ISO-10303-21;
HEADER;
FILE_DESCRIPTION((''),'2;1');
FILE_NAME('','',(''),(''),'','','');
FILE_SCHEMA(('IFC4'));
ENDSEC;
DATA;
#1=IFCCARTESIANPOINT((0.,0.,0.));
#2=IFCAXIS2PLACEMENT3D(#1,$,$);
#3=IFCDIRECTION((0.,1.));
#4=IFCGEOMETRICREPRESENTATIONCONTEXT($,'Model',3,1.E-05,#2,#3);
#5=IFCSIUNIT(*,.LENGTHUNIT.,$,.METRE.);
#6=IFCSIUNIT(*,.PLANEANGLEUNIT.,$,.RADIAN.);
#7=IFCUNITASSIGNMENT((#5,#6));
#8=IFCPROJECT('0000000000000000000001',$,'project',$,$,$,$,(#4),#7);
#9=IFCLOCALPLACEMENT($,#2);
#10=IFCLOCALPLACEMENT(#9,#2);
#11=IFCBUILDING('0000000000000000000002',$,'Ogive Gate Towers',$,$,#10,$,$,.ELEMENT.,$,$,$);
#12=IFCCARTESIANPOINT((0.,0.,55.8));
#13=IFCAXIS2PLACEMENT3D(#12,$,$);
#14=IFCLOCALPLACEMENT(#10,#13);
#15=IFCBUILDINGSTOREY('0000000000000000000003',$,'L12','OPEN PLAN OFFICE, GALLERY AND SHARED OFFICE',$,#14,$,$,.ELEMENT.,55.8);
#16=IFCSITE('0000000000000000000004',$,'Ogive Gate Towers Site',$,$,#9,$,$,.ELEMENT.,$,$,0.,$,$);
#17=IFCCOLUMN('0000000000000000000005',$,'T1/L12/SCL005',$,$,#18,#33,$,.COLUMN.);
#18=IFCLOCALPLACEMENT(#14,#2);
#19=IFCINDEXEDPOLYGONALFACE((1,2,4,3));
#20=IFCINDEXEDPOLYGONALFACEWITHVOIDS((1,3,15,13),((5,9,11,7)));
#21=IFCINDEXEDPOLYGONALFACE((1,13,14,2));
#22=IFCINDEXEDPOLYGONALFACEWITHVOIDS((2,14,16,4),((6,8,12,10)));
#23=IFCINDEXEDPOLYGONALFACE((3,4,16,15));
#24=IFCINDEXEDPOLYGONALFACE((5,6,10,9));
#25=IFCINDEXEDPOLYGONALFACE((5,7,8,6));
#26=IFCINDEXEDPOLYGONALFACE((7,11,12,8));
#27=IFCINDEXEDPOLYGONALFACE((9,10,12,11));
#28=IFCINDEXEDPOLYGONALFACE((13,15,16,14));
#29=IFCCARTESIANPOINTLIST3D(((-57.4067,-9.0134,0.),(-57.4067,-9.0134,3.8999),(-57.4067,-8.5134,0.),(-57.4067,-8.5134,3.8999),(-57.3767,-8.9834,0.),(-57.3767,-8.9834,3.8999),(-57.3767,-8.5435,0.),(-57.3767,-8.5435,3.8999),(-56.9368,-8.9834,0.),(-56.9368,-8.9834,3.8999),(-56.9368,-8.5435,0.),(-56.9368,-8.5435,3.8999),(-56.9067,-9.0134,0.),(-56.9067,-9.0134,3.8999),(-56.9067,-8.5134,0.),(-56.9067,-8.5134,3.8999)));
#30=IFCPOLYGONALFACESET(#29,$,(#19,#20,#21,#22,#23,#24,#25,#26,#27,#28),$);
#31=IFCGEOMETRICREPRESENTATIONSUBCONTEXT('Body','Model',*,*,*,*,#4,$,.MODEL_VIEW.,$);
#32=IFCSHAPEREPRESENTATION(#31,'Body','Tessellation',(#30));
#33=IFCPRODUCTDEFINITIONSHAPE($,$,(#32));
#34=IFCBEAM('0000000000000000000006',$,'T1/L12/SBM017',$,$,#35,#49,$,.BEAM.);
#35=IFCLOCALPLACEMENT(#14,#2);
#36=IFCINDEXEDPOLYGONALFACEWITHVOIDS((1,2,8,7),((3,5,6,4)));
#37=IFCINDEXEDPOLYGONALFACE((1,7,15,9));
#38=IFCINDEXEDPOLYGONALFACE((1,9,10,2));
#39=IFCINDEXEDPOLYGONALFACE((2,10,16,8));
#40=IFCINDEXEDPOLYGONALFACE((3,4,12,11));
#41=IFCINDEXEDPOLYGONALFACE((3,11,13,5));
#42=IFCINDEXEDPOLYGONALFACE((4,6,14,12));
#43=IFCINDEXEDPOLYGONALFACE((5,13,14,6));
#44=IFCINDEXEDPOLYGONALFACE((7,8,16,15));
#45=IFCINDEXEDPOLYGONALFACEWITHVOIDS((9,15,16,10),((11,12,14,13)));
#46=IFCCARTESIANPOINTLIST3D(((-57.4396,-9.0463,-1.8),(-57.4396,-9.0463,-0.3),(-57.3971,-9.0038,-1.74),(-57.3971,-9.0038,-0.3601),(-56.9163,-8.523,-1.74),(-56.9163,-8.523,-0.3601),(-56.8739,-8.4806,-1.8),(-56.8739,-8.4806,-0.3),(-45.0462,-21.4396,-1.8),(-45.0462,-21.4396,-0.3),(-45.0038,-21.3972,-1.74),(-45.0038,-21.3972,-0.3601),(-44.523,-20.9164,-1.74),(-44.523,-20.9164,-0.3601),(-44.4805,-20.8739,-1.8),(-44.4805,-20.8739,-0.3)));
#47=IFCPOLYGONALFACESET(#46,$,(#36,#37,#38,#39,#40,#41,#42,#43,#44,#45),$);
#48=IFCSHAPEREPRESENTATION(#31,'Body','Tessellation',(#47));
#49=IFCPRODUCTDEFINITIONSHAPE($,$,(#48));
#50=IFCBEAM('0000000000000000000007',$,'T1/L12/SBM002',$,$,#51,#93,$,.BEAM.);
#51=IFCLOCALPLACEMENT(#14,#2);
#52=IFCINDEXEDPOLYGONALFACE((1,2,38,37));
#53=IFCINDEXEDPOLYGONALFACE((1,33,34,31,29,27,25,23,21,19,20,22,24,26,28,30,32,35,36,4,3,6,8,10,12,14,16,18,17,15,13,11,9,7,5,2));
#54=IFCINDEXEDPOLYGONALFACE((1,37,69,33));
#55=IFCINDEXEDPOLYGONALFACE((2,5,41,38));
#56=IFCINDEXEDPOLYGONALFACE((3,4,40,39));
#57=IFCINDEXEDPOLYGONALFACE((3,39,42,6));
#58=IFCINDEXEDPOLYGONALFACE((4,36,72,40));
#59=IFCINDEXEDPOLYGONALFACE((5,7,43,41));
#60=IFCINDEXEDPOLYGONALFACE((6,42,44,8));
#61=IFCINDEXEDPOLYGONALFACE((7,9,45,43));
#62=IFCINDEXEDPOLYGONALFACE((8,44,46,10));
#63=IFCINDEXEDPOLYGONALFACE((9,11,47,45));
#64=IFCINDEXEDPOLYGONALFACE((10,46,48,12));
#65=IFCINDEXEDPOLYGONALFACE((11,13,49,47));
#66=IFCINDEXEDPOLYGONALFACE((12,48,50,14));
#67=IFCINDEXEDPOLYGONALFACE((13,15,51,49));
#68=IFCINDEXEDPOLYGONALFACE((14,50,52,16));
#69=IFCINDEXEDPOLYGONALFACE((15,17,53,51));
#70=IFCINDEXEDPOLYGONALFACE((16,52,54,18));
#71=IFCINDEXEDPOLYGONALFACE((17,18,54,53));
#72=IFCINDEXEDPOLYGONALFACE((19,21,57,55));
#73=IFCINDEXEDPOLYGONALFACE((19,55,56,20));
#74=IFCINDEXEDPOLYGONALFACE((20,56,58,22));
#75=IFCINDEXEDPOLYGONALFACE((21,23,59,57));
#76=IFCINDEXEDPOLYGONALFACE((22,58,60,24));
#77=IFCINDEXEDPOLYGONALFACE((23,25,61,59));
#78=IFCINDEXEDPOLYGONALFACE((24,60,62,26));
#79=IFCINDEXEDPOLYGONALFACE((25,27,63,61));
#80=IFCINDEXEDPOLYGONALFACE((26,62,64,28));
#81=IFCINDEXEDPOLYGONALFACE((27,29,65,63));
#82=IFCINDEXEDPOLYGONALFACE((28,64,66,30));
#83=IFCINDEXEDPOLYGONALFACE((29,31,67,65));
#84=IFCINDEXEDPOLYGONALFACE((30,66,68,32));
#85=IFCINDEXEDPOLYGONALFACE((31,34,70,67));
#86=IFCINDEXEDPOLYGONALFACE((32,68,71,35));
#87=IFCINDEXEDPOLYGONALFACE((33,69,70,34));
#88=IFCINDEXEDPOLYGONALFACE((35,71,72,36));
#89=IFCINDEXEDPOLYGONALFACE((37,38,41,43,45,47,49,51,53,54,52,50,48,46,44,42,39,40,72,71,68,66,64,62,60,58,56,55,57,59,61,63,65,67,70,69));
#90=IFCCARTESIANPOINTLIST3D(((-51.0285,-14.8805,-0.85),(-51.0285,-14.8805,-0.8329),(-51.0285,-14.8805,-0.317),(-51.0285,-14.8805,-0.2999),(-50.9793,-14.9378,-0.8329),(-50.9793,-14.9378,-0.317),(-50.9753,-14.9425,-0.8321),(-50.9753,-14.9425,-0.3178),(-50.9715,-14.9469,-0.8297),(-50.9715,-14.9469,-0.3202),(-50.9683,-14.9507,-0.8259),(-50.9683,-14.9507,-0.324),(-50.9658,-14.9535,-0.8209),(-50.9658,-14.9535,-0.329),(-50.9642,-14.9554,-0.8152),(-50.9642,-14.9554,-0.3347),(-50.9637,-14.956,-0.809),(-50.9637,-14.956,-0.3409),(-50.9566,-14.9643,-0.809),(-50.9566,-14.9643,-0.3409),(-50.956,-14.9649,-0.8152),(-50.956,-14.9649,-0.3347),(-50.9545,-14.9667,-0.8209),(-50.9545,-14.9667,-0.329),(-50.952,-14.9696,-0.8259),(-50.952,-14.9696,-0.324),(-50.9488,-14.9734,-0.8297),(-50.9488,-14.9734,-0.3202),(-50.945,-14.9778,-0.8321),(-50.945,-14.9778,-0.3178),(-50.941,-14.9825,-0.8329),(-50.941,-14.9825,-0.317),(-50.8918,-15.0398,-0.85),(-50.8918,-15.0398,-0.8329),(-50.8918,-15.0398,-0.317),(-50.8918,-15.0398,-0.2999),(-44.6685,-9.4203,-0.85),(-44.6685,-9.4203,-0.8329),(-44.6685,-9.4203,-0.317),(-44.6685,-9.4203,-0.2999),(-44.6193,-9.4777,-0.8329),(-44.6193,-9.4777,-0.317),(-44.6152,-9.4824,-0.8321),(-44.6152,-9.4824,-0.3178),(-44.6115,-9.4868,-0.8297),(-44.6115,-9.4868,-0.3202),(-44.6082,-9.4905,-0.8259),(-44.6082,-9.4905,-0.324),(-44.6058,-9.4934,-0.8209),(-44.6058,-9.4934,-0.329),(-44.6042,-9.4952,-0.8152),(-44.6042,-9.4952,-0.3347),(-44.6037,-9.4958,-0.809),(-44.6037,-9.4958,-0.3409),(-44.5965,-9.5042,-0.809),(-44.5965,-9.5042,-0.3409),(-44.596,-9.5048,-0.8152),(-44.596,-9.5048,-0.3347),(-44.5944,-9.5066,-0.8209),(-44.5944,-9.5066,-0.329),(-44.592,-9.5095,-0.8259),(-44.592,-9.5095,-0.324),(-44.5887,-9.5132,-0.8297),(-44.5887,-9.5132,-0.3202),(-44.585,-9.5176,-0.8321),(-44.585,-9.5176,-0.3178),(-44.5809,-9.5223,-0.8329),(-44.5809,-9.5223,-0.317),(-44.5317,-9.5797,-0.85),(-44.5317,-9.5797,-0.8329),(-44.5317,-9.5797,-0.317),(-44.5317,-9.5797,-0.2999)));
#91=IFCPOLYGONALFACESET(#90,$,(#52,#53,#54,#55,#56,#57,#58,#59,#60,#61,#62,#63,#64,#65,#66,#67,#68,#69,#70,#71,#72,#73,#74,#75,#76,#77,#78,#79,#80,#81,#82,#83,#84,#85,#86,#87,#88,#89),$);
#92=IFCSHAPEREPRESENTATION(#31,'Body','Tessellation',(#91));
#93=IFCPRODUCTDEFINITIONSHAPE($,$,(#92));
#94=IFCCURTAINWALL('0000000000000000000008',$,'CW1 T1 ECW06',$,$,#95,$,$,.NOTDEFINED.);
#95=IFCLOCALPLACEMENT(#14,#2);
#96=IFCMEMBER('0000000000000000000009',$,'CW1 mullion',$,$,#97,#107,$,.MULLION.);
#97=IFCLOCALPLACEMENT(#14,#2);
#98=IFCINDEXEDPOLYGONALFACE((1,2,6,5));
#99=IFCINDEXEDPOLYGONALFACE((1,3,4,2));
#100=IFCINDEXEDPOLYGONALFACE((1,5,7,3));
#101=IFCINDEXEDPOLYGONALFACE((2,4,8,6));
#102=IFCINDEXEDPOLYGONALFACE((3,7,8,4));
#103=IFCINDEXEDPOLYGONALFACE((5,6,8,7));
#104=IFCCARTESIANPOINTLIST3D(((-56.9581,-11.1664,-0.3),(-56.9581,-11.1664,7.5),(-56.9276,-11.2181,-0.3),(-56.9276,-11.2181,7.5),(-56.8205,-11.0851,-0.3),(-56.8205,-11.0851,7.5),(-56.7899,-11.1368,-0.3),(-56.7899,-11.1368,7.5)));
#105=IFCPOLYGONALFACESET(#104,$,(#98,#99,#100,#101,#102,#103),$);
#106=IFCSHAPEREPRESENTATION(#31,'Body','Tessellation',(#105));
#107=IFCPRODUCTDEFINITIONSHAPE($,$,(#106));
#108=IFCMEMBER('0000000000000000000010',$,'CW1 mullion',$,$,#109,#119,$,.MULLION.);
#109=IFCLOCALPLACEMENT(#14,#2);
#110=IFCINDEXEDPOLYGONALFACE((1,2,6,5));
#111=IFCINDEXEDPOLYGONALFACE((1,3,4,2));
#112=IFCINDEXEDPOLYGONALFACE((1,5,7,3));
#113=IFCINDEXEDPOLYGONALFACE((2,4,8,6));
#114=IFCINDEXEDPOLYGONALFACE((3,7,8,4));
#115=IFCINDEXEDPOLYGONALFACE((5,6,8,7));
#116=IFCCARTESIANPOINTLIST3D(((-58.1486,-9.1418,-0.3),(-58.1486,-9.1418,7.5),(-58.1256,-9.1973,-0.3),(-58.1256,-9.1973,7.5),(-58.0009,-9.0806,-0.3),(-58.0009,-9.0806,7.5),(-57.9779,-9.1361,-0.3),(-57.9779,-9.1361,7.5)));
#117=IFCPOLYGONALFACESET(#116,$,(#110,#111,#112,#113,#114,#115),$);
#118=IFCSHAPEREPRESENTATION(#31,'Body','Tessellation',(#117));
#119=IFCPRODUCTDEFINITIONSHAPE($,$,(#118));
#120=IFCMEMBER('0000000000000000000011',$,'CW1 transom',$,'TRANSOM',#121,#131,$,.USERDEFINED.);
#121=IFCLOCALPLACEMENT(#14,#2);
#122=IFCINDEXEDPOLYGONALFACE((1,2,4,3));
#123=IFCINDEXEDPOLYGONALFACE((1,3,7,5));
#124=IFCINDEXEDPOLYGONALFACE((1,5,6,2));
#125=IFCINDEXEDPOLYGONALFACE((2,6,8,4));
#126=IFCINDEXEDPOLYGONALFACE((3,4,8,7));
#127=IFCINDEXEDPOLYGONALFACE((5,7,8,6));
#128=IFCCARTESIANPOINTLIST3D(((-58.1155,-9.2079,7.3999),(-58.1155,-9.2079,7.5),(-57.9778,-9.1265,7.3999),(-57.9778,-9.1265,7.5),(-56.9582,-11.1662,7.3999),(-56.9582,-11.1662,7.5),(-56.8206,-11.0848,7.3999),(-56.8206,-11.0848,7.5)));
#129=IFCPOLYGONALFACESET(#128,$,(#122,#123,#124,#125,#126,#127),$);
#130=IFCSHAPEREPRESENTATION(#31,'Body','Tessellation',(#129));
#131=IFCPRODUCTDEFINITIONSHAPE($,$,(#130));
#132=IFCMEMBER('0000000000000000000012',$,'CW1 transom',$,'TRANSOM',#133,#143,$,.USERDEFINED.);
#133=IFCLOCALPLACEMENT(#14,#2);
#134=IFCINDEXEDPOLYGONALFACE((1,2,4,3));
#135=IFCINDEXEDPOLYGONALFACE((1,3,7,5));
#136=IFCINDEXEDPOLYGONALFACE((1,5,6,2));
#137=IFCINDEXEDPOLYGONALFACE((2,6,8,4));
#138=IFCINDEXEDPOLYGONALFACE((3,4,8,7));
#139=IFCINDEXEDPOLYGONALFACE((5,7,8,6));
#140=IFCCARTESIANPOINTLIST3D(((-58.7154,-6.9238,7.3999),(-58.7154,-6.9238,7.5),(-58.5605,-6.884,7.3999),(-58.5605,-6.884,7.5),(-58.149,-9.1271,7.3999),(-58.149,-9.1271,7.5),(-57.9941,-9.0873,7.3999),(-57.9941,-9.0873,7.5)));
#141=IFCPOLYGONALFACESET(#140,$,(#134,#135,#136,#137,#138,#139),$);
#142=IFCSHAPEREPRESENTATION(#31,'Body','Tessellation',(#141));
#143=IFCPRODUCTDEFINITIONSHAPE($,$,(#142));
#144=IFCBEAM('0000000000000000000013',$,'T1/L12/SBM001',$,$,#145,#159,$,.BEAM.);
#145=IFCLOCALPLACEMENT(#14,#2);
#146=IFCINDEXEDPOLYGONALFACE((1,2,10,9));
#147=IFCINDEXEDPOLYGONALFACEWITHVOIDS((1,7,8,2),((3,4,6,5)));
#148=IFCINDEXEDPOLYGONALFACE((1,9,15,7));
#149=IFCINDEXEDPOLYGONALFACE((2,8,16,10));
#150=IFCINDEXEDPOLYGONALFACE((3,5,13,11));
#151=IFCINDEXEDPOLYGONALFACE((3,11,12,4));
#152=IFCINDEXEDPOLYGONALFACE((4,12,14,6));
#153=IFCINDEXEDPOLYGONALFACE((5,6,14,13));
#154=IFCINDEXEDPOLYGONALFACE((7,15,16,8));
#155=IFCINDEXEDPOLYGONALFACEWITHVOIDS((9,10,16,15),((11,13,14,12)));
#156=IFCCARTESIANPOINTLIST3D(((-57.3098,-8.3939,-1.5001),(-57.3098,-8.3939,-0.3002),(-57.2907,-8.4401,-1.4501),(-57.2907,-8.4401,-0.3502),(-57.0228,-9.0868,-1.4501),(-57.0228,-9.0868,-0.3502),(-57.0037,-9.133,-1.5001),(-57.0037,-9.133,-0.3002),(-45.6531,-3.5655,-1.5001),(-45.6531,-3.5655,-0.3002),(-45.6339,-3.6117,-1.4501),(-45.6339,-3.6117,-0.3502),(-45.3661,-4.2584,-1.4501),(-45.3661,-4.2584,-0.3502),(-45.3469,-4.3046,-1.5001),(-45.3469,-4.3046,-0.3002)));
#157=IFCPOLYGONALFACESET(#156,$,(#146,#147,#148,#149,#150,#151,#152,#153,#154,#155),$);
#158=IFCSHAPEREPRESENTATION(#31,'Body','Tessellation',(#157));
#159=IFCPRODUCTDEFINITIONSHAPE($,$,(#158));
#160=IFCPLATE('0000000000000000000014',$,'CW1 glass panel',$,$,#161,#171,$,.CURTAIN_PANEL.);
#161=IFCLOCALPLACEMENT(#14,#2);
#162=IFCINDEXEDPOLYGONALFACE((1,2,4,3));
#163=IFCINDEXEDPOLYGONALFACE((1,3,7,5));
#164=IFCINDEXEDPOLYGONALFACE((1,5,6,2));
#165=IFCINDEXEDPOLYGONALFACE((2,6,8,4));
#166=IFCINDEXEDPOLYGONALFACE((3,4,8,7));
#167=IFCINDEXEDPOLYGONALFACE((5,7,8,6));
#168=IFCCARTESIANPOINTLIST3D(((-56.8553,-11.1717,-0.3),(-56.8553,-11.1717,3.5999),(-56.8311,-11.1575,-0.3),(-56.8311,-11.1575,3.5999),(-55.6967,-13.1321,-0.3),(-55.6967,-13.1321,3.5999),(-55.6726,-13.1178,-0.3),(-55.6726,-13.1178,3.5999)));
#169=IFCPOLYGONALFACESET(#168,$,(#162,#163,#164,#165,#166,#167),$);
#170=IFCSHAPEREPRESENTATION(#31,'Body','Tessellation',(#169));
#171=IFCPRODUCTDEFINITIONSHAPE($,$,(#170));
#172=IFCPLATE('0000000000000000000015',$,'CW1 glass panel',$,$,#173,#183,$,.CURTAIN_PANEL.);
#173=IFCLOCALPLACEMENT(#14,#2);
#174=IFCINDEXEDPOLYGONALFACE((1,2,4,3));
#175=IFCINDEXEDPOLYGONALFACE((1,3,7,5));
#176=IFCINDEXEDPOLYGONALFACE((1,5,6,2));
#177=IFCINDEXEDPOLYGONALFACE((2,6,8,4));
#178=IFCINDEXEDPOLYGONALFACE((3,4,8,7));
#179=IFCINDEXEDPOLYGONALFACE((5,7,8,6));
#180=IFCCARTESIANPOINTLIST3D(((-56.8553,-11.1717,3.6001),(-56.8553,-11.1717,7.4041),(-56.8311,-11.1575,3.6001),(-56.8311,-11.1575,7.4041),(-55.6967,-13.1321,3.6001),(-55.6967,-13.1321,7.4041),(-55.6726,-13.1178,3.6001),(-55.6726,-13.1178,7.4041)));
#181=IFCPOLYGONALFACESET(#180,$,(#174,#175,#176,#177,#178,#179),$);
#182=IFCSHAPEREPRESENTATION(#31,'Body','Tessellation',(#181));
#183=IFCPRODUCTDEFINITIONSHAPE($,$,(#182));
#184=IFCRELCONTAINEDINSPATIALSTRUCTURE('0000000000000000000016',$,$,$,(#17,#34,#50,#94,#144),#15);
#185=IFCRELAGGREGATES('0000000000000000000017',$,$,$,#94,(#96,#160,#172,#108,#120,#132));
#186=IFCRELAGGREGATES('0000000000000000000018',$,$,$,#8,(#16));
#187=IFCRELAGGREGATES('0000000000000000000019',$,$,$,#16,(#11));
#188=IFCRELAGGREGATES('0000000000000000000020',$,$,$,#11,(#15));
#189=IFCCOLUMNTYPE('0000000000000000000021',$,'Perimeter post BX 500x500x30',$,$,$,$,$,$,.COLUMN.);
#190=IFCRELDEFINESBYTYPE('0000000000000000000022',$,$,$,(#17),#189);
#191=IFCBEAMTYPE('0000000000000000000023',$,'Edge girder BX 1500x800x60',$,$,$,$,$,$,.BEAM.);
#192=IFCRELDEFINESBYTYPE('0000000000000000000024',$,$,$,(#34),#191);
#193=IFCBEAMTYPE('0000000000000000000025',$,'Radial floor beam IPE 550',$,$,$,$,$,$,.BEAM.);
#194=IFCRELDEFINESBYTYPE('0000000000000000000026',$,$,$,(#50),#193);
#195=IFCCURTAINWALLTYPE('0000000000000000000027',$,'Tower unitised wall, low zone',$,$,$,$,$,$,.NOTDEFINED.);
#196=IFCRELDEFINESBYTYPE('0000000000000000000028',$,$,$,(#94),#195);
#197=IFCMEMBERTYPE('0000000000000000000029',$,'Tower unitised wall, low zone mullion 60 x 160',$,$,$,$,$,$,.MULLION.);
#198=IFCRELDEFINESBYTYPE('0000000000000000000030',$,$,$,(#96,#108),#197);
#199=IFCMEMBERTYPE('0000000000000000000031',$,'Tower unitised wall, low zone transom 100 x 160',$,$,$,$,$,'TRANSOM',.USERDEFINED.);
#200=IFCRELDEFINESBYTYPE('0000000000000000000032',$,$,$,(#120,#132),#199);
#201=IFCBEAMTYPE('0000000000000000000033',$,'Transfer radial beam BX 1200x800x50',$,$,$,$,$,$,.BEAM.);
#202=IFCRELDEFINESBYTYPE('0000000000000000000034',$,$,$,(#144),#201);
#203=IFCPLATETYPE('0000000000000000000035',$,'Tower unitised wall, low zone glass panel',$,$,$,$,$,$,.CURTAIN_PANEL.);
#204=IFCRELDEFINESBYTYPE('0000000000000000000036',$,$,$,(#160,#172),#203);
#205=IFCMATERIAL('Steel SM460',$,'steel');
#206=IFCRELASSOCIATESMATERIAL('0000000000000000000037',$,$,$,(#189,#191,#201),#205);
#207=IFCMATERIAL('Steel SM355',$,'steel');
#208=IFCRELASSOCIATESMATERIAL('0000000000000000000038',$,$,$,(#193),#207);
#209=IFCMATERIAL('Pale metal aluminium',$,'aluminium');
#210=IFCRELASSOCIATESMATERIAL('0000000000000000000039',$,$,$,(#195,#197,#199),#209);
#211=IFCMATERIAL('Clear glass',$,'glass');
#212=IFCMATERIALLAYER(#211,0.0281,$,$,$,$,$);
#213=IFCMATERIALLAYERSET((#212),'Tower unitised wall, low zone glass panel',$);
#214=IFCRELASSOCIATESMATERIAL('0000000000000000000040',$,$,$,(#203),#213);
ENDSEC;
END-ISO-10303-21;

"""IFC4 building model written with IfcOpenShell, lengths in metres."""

from ifc_helpers import new_model, si_unit, direction, frame, origin, origin_2d, place, context, subcontext, project, spatial, rectangle, hollow_rectangle, i_section, extrude, material, layer, layer_set, material_profile, profile_set, type_object, element, aggregate, save


model = new_model("IFC4")

# Units and contexts
model_context = context("Model", 3, precision=1e-05, world=origin(), true_north=direction((0.0, 1.0)))
body_context = subcontext(model_context, "Body", "Model", "MODEL_VIEW")
ifc_project = project(units=[si_unit("LENGTHUNIT", "METRE"), si_unit("PLANEANGLEUNIT", "RADIAN")], contexts=[model_context])

# Site, building, storey
site_placement = place(None, origin())
site = spatial("IfcSite", under=ifc_project, at=site_placement, Name="Ogive Gate Towers Site", CompositionType="ELEMENT", RefElevation=0.0)
building_placement = place(site_placement, origin())
building = spatial("IfcBuilding", under=site, at=building_placement, Name="Ogive Gate Towers", CompositionType="ELEMENT")
storey_placement = place(building_placement, frame((0.0, 0.0, 55.8)))
storey = spatial("IfcBuildingStorey", under=building, at=storey_placement, Name="L12", Description="OPEN PLAN OFFICE, GALLERY AND SHARED OFFICE", CompositionType="ELEMENT", Elevation=55.8)

# Column
ifc_material_1 = material(Name="Steel SM460", Category="steel")
ifc_material_profile_1 = material_profile(ifc_material_1, hollow_rectangle(XDim=0.5, YDim=0.5, WallThickness=0.03, at=origin_2d()), Name="BX 500x500x30")
ifc_profile_set_1 = profile_set([ifc_material_profile_1], Name="Steel SM460")
column_type = type_object("IfcColumnType", Name="Perimeter post BX 500x500x30", PredefinedType="COLUMN", material=ifc_profile_set_1)
column_placement = place(storey_placement, frame((-57.1567, -8.7634, 0.0), z_axis=(0.0, 0.0, 1.0), x_axis=(1.0, 0.0, 0.0)))
element("IfcColumn", 1, at=column_placement, inside=storey, type_object=column_type, Name="T1/L12/SCL005", PredefinedType="COLUMN", context=body_context, shape_type="SweptSolid", body=[
    extrude(hollow_rectangle(XDim=0.5, YDim=0.5, WallThickness=0.03, at=origin_2d()), origin(), (0.0, 0.0, 1.0), 3.8999),
])

# Beams
ifc_material_profile_2 = material_profile(ifc_material_1, hollow_rectangle(XDim=0.8, YDim=1.5, WallThickness=0.0601, at=origin_2d()), Name="BX 1500x800x60")
ifc_profile_set_2 = profile_set([ifc_material_profile_2], Name="Steel SM460")
beam_type_1 = type_object("IfcBeamType", Name="Edge girder BX 1500x800x60", PredefinedType="BEAM", material=ifc_profile_set_2)
beam_1_placement = place(storey_placement, frame((-57.1567, -8.7634, -1.05), z_axis=(0.707107, -0.707107, 0.0), x_axis=(0.707107, 0.707107, 0.0)))
element("IfcBeam", 2, at=beam_1_placement, inside=storey, type_object=beam_type_1, Name="T1/L12/SBM017", PredefinedType="BEAM", context=body_context, shape_type="SweptSolid", body=[
    extrude(hollow_rectangle(XDim=0.8, YDim=1.5, WallThickness=0.0601, at=origin_2d()), origin(), (0.0, 0.0, 1.0), 17.5269),
])
ifc_material_2 = material(Name="Steel SM355", Category="steel")
ifc_material_profile_3 = material_profile(ifc_material_2, i_section(OverallWidth=0.21, OverallDepth=0.55, WebThickness=0.011, FlangeThickness=0.0171, FilletRadius=0.0239, at=origin_2d()), Name="IPE 550")
ifc_profile_set_3 = profile_set([ifc_material_profile_3], Name="Steel SM355")
beam_type_2 = type_object("IfcBeamType", Name="Radial floor beam IPE 550", PredefinedType="BEAM", material=ifc_profile_set_3)
beam_2_placement = place(storey_placement, frame((-44.6001, -9.5, -0.575), z_axis=(-0.758744, -0.651388, 0.0), x_axis=(0.651388, -0.758744, 0.0)))
element("IfcBeam", 3, at=beam_2_placement, inside=storey, type_object=beam_type_2, Name="T1/L12/SBM002", PredefinedType="BEAM", context=body_context, shape_type="SweptSolid", body=[
    extrude(i_section(OverallWidth=0.21, OverallDepth=0.55, WebThickness=0.011, FlangeThickness=0.0171, FilletRadius=0.0239, at=origin_2d()), origin(), (0.0, 0.0, 1.0), 8.3823),
])

# Curtain wall, members
ifc_material_3 = material(Name="Pale metal aluminium", Category="aluminium")
curtain_wall_type = type_object("IfcCurtainWallType", Name="Tower unitised wall, low zone", PredefinedType="NOTDEFINED", material=ifc_material_3)
curtain_wall_placement = place(storey_placement, origin())
curtain_wall = element("IfcCurtainWall", 4, at=curtain_wall_placement, inside=storey, type_object=curtain_wall_type, Name="CW1 T1 ECW06", PredefinedType="NOTDEFINED")
ifc_material_profile_4 = material_profile(ifc_material_3, rectangle(XDim=0.1599, YDim=0.0601, at=origin_2d()), Name="60 x 160 aluminium box")
ifc_profile_set_4 = profile_set([ifc_material_profile_4], Name="Pale metal aluminium")
member_type_1 = type_object("IfcMemberType", Name="Tower unitised wall, low zone mullion 60 x 160", PredefinedType="MULLION", material=ifc_profile_set_4)
member_1_placement = place(storey_placement, frame((-56.874, -11.1516, -0.3), z_axis=(0.0, 0.0, 1.0), x_axis=(0.860902, 0.508771, 0.0)))
member_1 = element("IfcMember", 5, at=member_1_placement, type_object=member_type_1, Name="CW1 mullion", PredefinedType="MULLION", context=body_context, shape_type="SweptSolid", body=[
    extrude(rectangle(XDim=0.1599, YDim=0.0601, at=origin_2d()), origin(), (0.0, 0.0, 1.0), 7.8),
])
member_2_placement = place(storey_placement, frame((-58.0632, -9.1389, -0.3), z_axis=(0.0, 0.0, 1.0), x_axis=(0.92388, 0.382683, 0.0)))
member_2 = element("IfcMember", 6, at=member_2_placement, type_object=member_type_1, Name="CW1 mullion", PredefinedType="MULLION", context=body_context, shape_type="SweptSolid", body=[
    extrude(rectangle(XDim=0.1599, YDim=0.0601, at=origin_2d()), origin(), (0.0, 0.0, 1.0), 7.8),
])
ifc_material_profile_5 = material_profile(ifc_material_3, rectangle(XDim=0.1599, YDim=0.1001, at=origin_2d()), Name="100 x 160 aluminium box")
ifc_profile_set_5 = profile_set([ifc_material_profile_5], Name="Pale metal aluminium")
member_type_2 = type_object("IfcMemberType", Name="Tower unitised wall, low zone transom 100 x 160", ElementType="TRANSOM", PredefinedType="USERDEFINED", material=ifc_profile_set_5)
member_3_placement = place(storey_placement, frame((-56.8894, -11.1255, 7.45), z_axis=(-0.508755, 0.860912, 0.0), x_axis=(-0.860912, -0.508755, 0.0)))
member_3 = element("IfcMember", 7, at=member_3_placement, type_object=member_type_2, Name="CW1 transom", ObjectType="TRANSOM", PredefinedType="USERDEFINED", context=body_context, shape_type="SweptSolid", body=[
    extrude(rectangle(XDim=0.1599, YDim=0.1001, at=origin_2d()), origin(), (0.0, 0.0, 1.0), 2.2747),
])
member_4_placement = place(storey_placement, frame((-58.0715, -9.1072, 7.45), z_axis=(-0.248969, 0.968511, 0.0), x_axis=(-0.968511, -0.248969, 0.0)))
member_4 = element("IfcMember", 8, at=member_4_placement, type_object=member_type_2, Name="CW1 transom", ObjectType="TRANSOM", PredefinedType="USERDEFINED", context=body_context, shape_type="SweptSolid", body=[
    extrude(rectangle(XDim=0.1599, YDim=0.1001, at=origin_2d()), origin(), (0.0, 0.0, 1.0), 2.2749),
])

# Beam
ifc_material_profile_6 = material_profile(ifc_material_1, hollow_rectangle(XDim=0.8, YDim=1.2, WallThickness=0.05, at=origin_2d()), Name="BX 1200x800x50")
ifc_profile_set_6 = profile_set([ifc_material_profile_6], Name="Steel SM460")
beam_type_3 = type_object("IfcBeamType", Name="Transfer radial beam BX 1200x800x50", PredefinedType="BEAM", material=ifc_profile_set_6)
beam_3_placement = place(storey_placement, frame((-45.5, -3.9351, -0.9001), z_axis=(-0.92388, -0.382683, 0.0), x_axis=(0.382683, -0.92388, 0.0)))
element("IfcBeam", 9, at=beam_3_placement, inside=storey, type_object=beam_type_3, Name="T1/L12/SBM001", PredefinedType="BEAM", context=body_context, shape_type="SweptSolid", body=[
    extrude(hollow_rectangle(XDim=0.8, YDim=1.2, WallThickness=0.05, at=origin_2d()), origin(), (0.0, 0.0, 1.0), 12.6172),
])

# Plates
ifc_material_4 = material(Name="Clear glass", Category="glass")
ifc_layer_1 = layer(ifc_material_4, 0.0281)
ifc_layer_set_1 = layer_set([ifc_layer_1], Name="Tower unitised wall, low zone glass panel")
plate_type = type_object("IfcPlateType", Name="Tower unitised wall, low zone glass panel", PredefinedType="CURTAIN_PANEL", material=ifc_layer_set_1)
plate_1_placement = place(storey_placement, frame((-56.2639, -12.1448, -0.3), z_axis=(0.0, 0.0, 1.0), x_axis=(-0.508771, 0.860902, 0.0)))
plate_1 = element("IfcPlate", 10, at=plate_1_placement, type_object=plate_type, Name="CW1 glass panel", PredefinedType="CURTAIN_PANEL", context=body_context, shape_type="SweptSolid", body=[
    extrude(rectangle(XDim=2.2771, YDim=0.0281, at=origin_2d()), origin(), (0.0, 0.0, 1.0), 3.8999),
])
plate_2_placement = place(storey_placement, frame((-56.2639, -12.1448, 3.6001), z_axis=(0.0, 0.0, 1.0), x_axis=(-0.508771, 0.860902, 0.0)))
plate_2 = element("IfcPlate", 11, at=plate_2_placement, type_object=plate_type, Name="CW1 glass panel", PredefinedType="CURTAIN_PANEL", context=body_context, shape_type="SweptSolid", body=[
    extrude(rectangle(XDim=2.2771, YDim=0.0281, at=origin_2d()), origin(), (0.0, 0.0, 1.0), 3.804),
])
aggregate(curtain_wall, [member_1, plate_1, plate_2, member_2, member_3, member_4])

save(model, "model.ifc")
